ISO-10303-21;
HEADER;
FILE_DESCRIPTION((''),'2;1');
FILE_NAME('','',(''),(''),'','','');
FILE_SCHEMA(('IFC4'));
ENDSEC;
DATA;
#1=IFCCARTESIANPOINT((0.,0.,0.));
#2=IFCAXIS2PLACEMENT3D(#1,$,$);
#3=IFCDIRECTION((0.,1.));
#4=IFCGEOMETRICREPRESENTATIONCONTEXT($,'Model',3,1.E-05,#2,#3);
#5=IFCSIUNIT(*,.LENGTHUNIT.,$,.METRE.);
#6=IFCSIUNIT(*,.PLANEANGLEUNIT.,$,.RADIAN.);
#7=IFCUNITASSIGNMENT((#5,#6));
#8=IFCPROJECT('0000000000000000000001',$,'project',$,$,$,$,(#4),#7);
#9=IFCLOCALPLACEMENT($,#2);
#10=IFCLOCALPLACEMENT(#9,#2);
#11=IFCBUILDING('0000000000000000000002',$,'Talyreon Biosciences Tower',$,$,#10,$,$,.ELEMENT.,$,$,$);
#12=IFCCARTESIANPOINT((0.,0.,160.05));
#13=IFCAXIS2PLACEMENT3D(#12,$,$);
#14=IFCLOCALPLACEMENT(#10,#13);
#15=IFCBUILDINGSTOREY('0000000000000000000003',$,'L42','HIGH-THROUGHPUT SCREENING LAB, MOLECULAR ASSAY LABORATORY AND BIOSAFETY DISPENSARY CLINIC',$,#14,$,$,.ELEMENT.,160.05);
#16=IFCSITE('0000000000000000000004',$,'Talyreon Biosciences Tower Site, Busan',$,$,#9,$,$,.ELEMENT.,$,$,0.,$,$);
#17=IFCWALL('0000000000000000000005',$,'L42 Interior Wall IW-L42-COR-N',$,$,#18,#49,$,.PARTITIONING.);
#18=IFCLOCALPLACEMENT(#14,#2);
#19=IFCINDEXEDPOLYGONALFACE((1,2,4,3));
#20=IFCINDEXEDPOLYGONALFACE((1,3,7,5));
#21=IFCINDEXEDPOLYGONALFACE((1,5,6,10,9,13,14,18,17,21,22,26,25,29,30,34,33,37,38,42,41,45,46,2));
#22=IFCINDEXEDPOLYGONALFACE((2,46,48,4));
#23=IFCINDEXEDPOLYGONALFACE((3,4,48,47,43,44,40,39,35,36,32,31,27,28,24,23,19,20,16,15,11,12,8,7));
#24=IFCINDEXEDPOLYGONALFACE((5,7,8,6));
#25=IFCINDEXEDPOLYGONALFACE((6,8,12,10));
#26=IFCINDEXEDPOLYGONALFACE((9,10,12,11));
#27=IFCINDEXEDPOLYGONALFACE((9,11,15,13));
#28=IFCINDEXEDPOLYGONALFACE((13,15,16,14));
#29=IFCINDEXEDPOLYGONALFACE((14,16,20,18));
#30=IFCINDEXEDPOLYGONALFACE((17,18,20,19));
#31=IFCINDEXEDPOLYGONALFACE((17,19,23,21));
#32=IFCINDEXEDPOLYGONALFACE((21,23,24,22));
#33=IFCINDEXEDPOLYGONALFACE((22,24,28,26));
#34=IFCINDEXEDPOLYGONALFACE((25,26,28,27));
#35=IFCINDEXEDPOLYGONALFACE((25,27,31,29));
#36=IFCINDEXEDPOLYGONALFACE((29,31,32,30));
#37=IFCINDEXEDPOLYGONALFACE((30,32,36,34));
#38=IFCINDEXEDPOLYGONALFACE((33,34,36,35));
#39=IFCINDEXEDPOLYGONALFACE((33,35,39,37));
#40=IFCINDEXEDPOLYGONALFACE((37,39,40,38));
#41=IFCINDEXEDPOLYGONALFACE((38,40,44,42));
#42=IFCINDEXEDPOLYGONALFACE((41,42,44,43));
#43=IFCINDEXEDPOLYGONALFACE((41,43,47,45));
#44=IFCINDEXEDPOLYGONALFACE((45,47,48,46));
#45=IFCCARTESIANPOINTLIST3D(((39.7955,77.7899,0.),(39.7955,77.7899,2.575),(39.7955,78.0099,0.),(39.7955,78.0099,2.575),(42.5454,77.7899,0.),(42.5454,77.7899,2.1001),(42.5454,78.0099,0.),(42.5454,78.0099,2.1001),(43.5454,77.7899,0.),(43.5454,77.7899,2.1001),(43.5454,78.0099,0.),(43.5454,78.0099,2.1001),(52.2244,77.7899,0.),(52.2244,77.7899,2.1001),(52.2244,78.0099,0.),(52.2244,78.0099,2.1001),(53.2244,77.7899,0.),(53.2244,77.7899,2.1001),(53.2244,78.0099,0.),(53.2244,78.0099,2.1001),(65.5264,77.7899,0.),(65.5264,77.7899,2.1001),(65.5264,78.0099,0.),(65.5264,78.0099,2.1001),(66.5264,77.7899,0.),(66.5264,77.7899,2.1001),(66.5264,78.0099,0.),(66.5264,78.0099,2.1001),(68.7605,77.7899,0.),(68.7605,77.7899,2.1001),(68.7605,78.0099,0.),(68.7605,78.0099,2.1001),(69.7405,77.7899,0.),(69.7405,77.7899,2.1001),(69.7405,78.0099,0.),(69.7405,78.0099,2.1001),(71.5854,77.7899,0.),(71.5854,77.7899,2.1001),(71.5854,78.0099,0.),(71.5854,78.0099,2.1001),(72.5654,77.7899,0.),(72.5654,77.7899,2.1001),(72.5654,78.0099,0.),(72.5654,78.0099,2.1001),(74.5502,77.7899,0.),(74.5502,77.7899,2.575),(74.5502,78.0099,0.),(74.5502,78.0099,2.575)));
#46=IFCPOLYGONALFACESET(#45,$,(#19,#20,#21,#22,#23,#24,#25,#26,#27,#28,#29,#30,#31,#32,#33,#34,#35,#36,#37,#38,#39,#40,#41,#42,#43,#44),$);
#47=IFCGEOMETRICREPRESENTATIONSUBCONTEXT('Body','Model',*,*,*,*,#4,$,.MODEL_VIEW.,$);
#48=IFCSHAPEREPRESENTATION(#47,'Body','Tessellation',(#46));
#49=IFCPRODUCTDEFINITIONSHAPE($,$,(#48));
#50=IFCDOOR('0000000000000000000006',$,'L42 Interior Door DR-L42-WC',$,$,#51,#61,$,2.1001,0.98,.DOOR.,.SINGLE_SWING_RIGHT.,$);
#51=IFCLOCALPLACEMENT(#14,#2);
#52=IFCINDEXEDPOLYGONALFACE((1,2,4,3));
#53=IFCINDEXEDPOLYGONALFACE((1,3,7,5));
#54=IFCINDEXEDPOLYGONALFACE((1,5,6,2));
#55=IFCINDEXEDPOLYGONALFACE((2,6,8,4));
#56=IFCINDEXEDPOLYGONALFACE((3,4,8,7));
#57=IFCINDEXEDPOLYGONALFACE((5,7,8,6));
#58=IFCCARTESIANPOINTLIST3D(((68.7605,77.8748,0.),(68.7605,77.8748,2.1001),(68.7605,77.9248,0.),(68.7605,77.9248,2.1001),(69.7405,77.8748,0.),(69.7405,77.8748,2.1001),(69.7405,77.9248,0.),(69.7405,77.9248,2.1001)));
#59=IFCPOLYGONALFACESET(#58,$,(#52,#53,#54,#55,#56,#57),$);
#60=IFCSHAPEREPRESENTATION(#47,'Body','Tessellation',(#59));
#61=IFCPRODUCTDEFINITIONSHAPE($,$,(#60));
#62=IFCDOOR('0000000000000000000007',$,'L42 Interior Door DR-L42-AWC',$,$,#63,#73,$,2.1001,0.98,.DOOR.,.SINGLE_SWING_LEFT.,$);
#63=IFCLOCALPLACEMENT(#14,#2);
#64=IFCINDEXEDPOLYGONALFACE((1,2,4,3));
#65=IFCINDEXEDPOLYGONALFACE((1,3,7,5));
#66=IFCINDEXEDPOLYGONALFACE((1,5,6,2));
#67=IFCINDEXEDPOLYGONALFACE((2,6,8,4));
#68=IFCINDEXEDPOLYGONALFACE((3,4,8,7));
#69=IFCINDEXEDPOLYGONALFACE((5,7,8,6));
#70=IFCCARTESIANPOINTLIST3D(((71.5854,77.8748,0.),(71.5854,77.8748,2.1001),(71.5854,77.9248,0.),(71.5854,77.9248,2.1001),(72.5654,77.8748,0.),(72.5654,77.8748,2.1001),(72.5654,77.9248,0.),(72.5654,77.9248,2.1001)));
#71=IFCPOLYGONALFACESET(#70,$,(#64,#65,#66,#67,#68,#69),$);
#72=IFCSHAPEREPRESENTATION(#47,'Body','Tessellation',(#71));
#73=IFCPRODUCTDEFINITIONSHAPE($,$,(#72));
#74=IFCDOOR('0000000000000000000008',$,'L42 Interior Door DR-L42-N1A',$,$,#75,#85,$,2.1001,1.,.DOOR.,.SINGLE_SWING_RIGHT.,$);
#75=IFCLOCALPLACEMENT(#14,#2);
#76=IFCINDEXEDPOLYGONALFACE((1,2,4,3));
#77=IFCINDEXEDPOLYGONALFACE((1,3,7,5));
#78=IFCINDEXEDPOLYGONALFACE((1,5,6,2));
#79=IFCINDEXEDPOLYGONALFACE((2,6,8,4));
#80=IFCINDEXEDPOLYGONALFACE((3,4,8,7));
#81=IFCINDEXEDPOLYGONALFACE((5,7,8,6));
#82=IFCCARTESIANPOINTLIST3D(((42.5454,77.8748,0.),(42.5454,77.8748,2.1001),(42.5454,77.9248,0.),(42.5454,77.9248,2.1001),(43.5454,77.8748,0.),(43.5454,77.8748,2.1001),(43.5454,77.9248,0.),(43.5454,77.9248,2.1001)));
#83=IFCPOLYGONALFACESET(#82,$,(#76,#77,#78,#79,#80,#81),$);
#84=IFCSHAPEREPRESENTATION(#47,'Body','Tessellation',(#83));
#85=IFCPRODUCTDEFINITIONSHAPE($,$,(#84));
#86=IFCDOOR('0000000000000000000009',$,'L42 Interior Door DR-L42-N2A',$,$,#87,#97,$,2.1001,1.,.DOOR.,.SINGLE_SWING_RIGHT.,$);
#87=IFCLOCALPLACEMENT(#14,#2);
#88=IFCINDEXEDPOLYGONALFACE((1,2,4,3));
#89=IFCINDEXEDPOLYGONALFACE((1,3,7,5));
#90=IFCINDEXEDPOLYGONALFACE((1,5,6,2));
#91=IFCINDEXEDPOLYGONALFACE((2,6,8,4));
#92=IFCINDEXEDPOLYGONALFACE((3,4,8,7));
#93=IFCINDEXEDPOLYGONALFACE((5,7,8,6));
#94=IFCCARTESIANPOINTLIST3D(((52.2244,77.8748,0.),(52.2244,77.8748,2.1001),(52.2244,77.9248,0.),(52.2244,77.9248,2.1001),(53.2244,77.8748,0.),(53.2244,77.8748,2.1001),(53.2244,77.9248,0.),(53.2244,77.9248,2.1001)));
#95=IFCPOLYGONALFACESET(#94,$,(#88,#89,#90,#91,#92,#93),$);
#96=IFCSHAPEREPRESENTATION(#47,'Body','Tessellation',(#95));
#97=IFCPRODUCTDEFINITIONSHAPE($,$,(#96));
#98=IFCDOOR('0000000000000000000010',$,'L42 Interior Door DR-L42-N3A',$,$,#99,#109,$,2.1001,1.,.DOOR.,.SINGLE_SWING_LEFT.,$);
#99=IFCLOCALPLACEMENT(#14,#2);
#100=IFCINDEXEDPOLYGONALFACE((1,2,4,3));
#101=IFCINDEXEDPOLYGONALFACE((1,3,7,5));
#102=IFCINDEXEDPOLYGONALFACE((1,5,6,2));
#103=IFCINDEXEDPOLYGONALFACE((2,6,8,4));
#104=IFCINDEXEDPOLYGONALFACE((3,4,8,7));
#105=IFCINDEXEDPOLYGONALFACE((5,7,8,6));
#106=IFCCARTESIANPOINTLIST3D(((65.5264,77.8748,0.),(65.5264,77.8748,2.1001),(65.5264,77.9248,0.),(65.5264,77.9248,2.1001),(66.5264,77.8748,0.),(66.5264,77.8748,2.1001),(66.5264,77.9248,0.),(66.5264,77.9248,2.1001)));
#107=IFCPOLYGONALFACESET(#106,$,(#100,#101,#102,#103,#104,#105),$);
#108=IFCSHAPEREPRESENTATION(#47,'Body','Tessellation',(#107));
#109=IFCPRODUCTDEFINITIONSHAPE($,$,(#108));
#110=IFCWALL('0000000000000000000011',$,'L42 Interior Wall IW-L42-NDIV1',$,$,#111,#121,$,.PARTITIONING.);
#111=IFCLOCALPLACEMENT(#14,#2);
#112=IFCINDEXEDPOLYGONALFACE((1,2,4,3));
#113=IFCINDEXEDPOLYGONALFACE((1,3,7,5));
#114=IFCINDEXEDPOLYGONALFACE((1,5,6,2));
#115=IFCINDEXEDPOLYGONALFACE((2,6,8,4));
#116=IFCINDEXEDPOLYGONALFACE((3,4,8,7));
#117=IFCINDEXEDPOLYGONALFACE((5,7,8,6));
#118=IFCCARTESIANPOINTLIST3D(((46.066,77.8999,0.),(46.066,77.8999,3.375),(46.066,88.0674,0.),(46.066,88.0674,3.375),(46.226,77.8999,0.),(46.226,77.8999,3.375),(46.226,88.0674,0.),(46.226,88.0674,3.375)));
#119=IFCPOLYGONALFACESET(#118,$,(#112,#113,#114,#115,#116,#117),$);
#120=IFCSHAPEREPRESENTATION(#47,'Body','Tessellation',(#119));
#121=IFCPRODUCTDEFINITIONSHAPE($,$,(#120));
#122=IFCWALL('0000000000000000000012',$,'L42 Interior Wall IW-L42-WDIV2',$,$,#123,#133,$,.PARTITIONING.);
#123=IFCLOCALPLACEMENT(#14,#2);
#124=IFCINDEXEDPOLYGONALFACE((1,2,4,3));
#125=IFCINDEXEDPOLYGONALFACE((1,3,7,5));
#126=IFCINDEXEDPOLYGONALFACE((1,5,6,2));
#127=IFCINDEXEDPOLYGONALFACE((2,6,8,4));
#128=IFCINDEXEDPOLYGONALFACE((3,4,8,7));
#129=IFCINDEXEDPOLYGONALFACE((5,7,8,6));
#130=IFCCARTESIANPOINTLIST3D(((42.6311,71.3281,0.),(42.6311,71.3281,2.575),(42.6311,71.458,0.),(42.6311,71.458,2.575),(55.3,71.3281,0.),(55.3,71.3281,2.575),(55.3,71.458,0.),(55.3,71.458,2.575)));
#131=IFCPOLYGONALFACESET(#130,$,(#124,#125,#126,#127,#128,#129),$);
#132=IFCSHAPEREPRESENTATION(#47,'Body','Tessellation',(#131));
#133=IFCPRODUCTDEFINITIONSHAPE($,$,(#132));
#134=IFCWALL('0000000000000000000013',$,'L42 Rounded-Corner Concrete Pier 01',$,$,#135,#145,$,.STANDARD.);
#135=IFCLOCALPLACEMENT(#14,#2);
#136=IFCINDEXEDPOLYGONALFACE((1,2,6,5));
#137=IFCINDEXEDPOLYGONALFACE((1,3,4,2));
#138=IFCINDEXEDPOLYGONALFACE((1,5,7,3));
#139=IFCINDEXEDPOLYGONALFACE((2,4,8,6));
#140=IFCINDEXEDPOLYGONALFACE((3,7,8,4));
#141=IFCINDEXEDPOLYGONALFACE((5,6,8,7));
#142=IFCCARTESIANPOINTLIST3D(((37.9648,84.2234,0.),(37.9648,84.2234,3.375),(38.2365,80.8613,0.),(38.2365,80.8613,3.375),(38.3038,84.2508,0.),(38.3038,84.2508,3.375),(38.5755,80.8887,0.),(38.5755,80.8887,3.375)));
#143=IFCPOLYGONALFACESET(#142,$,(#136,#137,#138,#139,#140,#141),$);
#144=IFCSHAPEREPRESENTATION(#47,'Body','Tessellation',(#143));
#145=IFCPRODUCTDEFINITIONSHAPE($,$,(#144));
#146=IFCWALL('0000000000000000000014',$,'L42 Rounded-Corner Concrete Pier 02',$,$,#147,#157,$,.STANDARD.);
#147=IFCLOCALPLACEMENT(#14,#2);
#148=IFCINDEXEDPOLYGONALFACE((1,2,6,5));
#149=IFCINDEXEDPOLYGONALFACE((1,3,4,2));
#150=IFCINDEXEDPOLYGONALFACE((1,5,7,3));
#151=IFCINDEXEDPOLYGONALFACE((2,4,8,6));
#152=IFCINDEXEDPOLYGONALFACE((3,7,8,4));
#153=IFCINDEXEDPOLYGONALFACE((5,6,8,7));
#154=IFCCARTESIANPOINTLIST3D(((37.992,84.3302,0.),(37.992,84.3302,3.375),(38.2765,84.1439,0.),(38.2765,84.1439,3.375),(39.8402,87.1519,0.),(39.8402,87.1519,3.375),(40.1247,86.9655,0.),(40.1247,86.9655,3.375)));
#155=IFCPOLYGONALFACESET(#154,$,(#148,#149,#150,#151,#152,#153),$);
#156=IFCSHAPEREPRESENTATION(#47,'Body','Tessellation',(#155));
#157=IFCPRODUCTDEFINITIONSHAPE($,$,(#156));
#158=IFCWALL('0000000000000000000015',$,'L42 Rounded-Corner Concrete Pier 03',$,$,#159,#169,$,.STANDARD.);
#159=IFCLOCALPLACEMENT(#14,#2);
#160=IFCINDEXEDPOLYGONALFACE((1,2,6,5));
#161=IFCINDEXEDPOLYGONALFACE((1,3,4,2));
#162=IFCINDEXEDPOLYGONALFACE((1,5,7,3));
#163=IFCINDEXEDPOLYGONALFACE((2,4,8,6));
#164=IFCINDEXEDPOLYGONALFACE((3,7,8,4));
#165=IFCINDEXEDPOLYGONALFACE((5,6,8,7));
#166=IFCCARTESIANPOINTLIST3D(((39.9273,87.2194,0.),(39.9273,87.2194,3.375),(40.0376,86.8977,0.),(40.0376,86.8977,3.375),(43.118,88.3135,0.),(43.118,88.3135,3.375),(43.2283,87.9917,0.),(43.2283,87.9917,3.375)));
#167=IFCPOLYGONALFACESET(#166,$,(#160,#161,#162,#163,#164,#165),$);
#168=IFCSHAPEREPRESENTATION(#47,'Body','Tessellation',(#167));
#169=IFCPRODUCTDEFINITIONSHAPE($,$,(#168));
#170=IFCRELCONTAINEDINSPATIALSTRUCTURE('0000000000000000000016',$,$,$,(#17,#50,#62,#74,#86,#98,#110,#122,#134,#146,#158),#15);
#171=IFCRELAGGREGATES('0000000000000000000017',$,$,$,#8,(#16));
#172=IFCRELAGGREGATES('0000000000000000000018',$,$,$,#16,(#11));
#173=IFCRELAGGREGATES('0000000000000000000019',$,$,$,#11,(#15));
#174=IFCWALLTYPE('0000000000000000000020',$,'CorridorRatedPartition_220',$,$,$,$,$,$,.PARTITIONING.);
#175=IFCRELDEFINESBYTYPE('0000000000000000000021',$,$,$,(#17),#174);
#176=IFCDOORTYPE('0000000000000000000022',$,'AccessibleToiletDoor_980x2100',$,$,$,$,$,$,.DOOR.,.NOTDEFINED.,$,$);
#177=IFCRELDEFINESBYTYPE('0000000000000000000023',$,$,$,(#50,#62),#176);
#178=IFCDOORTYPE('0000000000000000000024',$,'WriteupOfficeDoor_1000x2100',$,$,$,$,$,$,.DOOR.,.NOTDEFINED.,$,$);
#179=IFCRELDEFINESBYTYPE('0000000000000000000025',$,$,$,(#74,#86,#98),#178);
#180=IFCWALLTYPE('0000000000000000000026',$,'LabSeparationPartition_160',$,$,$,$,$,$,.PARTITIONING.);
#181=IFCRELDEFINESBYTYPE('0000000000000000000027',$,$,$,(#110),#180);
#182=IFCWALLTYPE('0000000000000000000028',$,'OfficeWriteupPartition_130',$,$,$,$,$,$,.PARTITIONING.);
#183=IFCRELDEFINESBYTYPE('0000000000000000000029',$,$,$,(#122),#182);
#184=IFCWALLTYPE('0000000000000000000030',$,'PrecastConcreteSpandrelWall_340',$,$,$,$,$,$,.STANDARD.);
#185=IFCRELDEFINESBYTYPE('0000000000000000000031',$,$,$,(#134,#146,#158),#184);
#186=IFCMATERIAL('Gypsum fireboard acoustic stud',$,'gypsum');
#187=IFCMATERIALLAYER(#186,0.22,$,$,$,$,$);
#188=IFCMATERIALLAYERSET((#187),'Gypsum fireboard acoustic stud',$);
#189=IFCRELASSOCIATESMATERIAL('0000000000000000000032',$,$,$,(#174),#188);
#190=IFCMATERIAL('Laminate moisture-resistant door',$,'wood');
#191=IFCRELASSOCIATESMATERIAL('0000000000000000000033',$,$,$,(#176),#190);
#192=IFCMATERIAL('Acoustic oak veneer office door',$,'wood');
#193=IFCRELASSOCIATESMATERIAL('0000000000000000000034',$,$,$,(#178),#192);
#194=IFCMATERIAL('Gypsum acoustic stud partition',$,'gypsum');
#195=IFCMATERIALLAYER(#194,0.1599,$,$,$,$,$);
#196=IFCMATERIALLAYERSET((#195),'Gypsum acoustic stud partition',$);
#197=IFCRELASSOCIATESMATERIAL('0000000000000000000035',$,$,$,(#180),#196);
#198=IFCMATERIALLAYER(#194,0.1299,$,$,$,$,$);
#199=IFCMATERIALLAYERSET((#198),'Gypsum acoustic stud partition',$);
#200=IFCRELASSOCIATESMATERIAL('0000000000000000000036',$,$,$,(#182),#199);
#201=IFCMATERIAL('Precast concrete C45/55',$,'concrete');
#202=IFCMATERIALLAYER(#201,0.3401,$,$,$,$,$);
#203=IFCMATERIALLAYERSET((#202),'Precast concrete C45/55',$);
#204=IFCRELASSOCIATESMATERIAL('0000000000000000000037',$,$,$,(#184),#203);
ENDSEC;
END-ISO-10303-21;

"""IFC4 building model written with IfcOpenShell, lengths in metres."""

from ifc_helpers import new_model, si_unit, direction, frame, frame_2d, origin, place, context, subcontext, project, spatial, rectangle, extrude, material, layer, layer_set, type_object, element, fill, save


model = new_model("IFC4")

# Units and contexts
model_context = context("Model", 3, precision=1e-05, world=origin(), true_north=direction((0.0, 1.0)))
body_context = subcontext(model_context, "Body", "Model", "MODEL_VIEW")
ifc_project = project(units=[si_unit("LENGTHUNIT", "METRE"), si_unit("PLANEANGLEUNIT", "RADIAN")], contexts=[model_context])

# Site, building, storey
site_placement = place(None, origin())
site = spatial("IfcSite", under=ifc_project, at=site_placement, Name="Talyreon Biosciences Tower Site, Busan", CompositionType="ELEMENT", RefElevation=0.0)
building_placement = place(site_placement, origin())
building = spatial("IfcBuilding", under=site, at=building_placement, Name="Talyreon Biosciences Tower", CompositionType="ELEMENT")
storey_placement = place(building_placement, frame((0.0, 0.0, 160.05)))
storey = spatial("IfcBuildingStorey", under=building, at=storey_placement, Name="L42", Description="HIGH-THROUGHPUT SCREENING LAB, MOLECULAR ASSAY LABORATORY AND BIOSAFETY DISPENSARY CLINIC", CompositionType="ELEMENT", Elevation=160.05)

# Shared definitions
ifc_material_1 = material(Name="Precast concrete C45/55", Category="concrete")

# Wall, openings, doors
ifc_material_2 = material(Name="Gypsum fireboard acoustic stud", Category="gypsum")
ifc_layer_1 = layer(ifc_material_2, 0.22)
ifc_layer_set_1 = layer_set([ifc_layer_1], Name="Gypsum fireboard acoustic stud")
wall_type_1 = type_object("IfcWallType", Name="CorridorRatedPartition_220", PredefinedType="PARTITIONING", material=ifc_layer_set_1)
wall_1_placement = place(storey_placement, frame((39.7954, 77.8999, 0.0), z_axis=(0.0, 0.0, 1.0), x_axis=(1.0, 0.0, 0.0)))
wall_1 = element("IfcWall", 1, at=wall_1_placement, inside=storey, type_object=wall_type_1, Name="L42 Interior Wall IW-L42-COR-N", PredefinedType="PARTITIONING", context=body_context, shape_type="SweptSolid", body=[
    extrude(rectangle(XDim=34.7546, YDim=0.22, at=frame_2d((17.3774, 0.0))), origin(), (0.0, 0.0, 1.0), 2.575),
])
opening_1_placement = place(wall_1_placement, frame((28.9651, 0.0, 0.0)))
opening_1 = element("IfcOpeningElement", 2, at=opening_1_placement, cuts=wall_1, PredefinedType="OPENING", context=body_context, shape_type="SweptSolid", body=[
    extrude(rectangle(XDim=0.98, YDim=2.1001, at=frame_2d((0.49, 1.05))), frame((0.0, 0.1199, 0.0), z_axis=(0.0, -1.0, 0.0), x_axis=(1.0, 0.0, 0.0)), (0.0, 0.0, 1.0), 0.24),
])
opening_2_placement = place(wall_1_placement, frame((31.79, 0.0, 0.0)))
opening_2 = element("IfcOpeningElement", 3, at=opening_2_placement, cuts=wall_1, PredefinedType="OPENING", context=body_context, shape_type="SweptSolid", body=[
    extrude(rectangle(XDim=0.98, YDim=2.1001, at=frame_2d((0.49, 1.05))), frame((0.0, 0.1199, 0.0), z_axis=(0.0, -1.0, 0.0), x_axis=(1.0, 0.0, 0.0)), (0.0, 0.0, 1.0), 0.24),
])
opening_3_placement = place(wall_1_placement, frame((2.75, 0.0, 0.0)))
opening_3 = element("IfcOpeningElement", 4, at=opening_3_placement, cuts=wall_1, PredefinedType="OPENING", context=body_context, shape_type="SweptSolid", body=[
    extrude(rectangle(XDim=1.0, YDim=2.1001, at=frame_2d((0.5, 1.05))), frame((0.0, 0.1199, 0.0), z_axis=(0.0, -1.0, 0.0), x_axis=(1.0, 0.0, 0.0)), (0.0, 0.0, 1.0), 0.24),
])
opening_4_placement = place(wall_1_placement, frame((12.429, 0.0, 0.0)))
opening_4 = element("IfcOpeningElement", 5, at=opening_4_placement, cuts=wall_1, PredefinedType="OPENING", context=body_context, shape_type="SweptSolid", body=[
    extrude(rectangle(XDim=1.0, YDim=2.1001, at=frame_2d((0.5, 1.05))), frame((0.0, 0.1199, 0.0), z_axis=(0.0, -1.0, 0.0), x_axis=(1.0, 0.0, 0.0)), (0.0, 0.0, 1.0), 0.24),
])
opening_5_placement = place(wall_1_placement, frame((25.731, 0.0, 0.0)))
opening_5 = element("IfcOpeningElement", 6, at=opening_5_placement, cuts=wall_1, PredefinedType="OPENING", context=body_context, shape_type="SweptSolid", body=[
    extrude(rectangle(XDim=1.0, YDim=2.1001, at=frame_2d((0.5, 1.05))), frame((0.0, 0.1199, 0.0), z_axis=(0.0, -1.0, 0.0), x_axis=(1.0, 0.0, 0.0)), (0.0, 0.0, 1.0), 0.24),
])
ifc_material_3 = material(Name="Laminate moisture-resistant door", Category="wood")
door_type_1 = type_object("IfcDoorType", Name="AccessibleToiletDoor_980x2100", OperationType="NOTDEFINED", PredefinedType="DOOR", material=ifc_material_3)
door_1_placement = place(opening_1_placement, origin())
door_1 = element("IfcDoor", 7, at=door_1_placement, inside=storey, type_object=door_type_1, Name="L42 Interior Door DR-L42-WC", OperationType="SINGLE_SWING_RIGHT", OverallHeight=2.1001, OverallWidth=0.98, PredefinedType="DOOR", context=body_context, shape_type="SweptSolid", body=[
    extrude(rectangle(XDim=0.98, YDim=2.1001, at=frame_2d((0.49, 1.05))), frame((0.0, 0.0249, 0.0), z_axis=(0.0, -1.0, 0.0), x_axis=(1.0, 0.0, 0.0)), (0.0, 0.0, 1.0), 0.05),
])
fill(opening_1, door_1)
door_2_placement = place(opening_2_placement, origin())
door_2 = element("IfcDoor", 8, at=door_2_placement, inside=storey, type_object=door_type_1, Name="L42 Interior Door DR-L42-AWC", OperationType="SINGLE_SWING_LEFT", OverallHeight=2.1001, OverallWidth=0.98, PredefinedType="DOOR", context=body_context, shape_type="SweptSolid", body=[
    extrude(rectangle(XDim=0.98, YDim=2.1001, at=frame_2d((0.49, 1.05))), frame((0.0, 0.0249, 0.0), z_axis=(0.0, -1.0, 0.0), x_axis=(1.0, 0.0, 0.0)), (0.0, 0.0, 1.0), 0.05),
])
fill(opening_2, door_2)
ifc_material_4 = material(Name="Acoustic oak veneer office door", Category="wood")
door_type_2 = type_object("IfcDoorType", Name="WriteupOfficeDoor_1000x2100", OperationType="NOTDEFINED", PredefinedType="DOOR", material=ifc_material_4)
door_3_placement = place(opening_3_placement, origin())
door_3 = element("IfcDoor", 9, at=door_3_placement, inside=storey, type_object=door_type_2, Name="L42 Interior Door DR-L42-N1A", OperationType="SINGLE_SWING_RIGHT", OverallHeight=2.1001, OverallWidth=1.0, PredefinedType="DOOR", context=body_context, shape_type="SweptSolid", body=[
    extrude(rectangle(XDim=1.0, YDim=2.1001, at=frame_2d((0.5, 1.05))), frame((0.0, 0.0249, 0.0), z_axis=(0.0, -1.0, 0.0), x_axis=(1.0, 0.0, 0.0)), (0.0, 0.0, 1.0), 0.05),
])
fill(opening_3, door_3)
door_4_placement = place(opening_4_placement, origin())
door_4 = element("IfcDoor", 10, at=door_4_placement, inside=storey, type_object=door_type_2, Name="L42 Interior Door DR-L42-N2A", OperationType="SINGLE_SWING_RIGHT", OverallHeight=2.1001, OverallWidth=1.0, PredefinedType="DOOR", context=body_context, shape_type="SweptSolid", body=[
    extrude(rectangle(XDim=1.0, YDim=2.1001, at=frame_2d((0.5, 1.05))), frame((0.0, 0.0249, 0.0), z_axis=(0.0, -1.0, 0.0), x_axis=(1.0, 0.0, 0.0)), (0.0, 0.0, 1.0), 0.05),
])
fill(opening_4, door_4)
door_5_placement = place(opening_5_placement, origin())
door_5 = element("IfcDoor", 11, at=door_5_placement, inside=storey, type_object=door_type_2, Name="L42 Interior Door DR-L42-N3A", OperationType="SINGLE_SWING_LEFT", OverallHeight=2.1001, OverallWidth=1.0, PredefinedType="DOOR", context=body_context, shape_type="SweptSolid", body=[
    extrude(rectangle(XDim=1.0, YDim=2.1001, at=frame_2d((0.5, 1.05))), frame((0.0, 0.0249, 0.0), z_axis=(0.0, -1.0, 0.0), x_axis=(1.0, 0.0, 0.0)), (0.0, 0.0, 1.0), 0.05),
])
fill(opening_5, door_5)

# Walls
ifc_material_5 = material(Name="Gypsum acoustic stud partition", Category="gypsum")
ifc_layer_2 = layer(ifc_material_5, 0.1599)
ifc_layer_set_2 = layer_set([ifc_layer_2], Name="Gypsum acoustic stud partition")
wall_type_2 = type_object("IfcWallType", Name="LabSeparationPartition_160", PredefinedType="PARTITIONING", material=ifc_layer_set_2)
wall_2_placement = place(storey_placement, frame((46.146, 77.8999, 0.0), z_axis=(0.0, 0.0, 1.0), x_axis=(0.0, 1.0, 0.0)))
element("IfcWall", 12, at=wall_2_placement, inside=storey, type_object=wall_type_2, Name="L42 Interior Wall IW-L42-NDIV1", PredefinedType="PARTITIONING", context=body_context, shape_type="SweptSolid", body=[
    extrude(rectangle(XDim=10.1675, YDim=0.1599, at=frame_2d((5.0837, 0.0))), origin(), (0.0, 0.0, 1.0), 3.375),
])
ifc_layer_3 = layer(ifc_material_5, 0.1299)
ifc_layer_set_3 = layer_set([ifc_layer_3], Name="Gypsum acoustic stud partition")
wall_type_3 = type_object("IfcWallType", Name="OfficeWriteupPartition_130", PredefinedType="PARTITIONING", material=ifc_layer_set_3)
wall_3_placement = place(storey_placement, frame((42.6311, 71.3931, 0.0), z_axis=(0.0, 0.0, 1.0), x_axis=(1.0, 0.0, 0.0)))
element("IfcWall", 13, at=wall_3_placement, inside=storey, type_object=wall_type_3, Name="L42 Interior Wall IW-L42-WDIV2", PredefinedType="PARTITIONING", context=body_context, shape_type="SweptSolid", body=[
    extrude(rectangle(XDim=12.6689, YDim=0.1299, at=frame_2d((6.3345, 0.0))), origin(), (0.0, 0.0, 1.0), 2.575),
])
ifc_layer_4 = layer(ifc_material_1, 0.3401)
ifc_layer_set_4 = layer_set([ifc_layer_4], Name="Precast concrete C45/55")
wall_type_4 = type_object("IfcWallType", Name="PrecastConcreteSpandrelWall_340", PredefinedType="STANDARD", material=ifc_layer_set_4)
for number, where, z_axis, x_axis, name in (
    (14, (38.406, 80.875, 0.0), (0.0, 0.0, 1.0), (-0.080559, 0.99675, 0.0), "L42 Rounded-Corner Concrete Pier 01"),
    (15, (38.1343, 84.2371, 0.0), (0.0, 0.0, 1.0), (0.547934, 0.836522, 0.0), "L42 Rounded-Corner Concrete Pier 02"),
    (16, (39.9824, 87.0586, 0.0), (0.0, 0.0, 1.0), (0.945942, 0.324337, 0.0), "L42 Rounded-Corner Concrete Pier 03"),
):
    element("IfcWall", number, at=place(storey_placement, frame(where, z_axis=z_axis, x_axis=x_axis)), inside=storey, type_object=wall_type_4, Name=name, PredefinedType="STANDARD", context=body_context, shape_type="SweptSolid", body=[
        extrude(rectangle(XDim=3.373, YDim=0.3401, at=frame_2d((1.6865, 0.0))), origin(), (0.0, 0.0, 1.0), 3.375),
    ])

save(model, "model.ifc")
